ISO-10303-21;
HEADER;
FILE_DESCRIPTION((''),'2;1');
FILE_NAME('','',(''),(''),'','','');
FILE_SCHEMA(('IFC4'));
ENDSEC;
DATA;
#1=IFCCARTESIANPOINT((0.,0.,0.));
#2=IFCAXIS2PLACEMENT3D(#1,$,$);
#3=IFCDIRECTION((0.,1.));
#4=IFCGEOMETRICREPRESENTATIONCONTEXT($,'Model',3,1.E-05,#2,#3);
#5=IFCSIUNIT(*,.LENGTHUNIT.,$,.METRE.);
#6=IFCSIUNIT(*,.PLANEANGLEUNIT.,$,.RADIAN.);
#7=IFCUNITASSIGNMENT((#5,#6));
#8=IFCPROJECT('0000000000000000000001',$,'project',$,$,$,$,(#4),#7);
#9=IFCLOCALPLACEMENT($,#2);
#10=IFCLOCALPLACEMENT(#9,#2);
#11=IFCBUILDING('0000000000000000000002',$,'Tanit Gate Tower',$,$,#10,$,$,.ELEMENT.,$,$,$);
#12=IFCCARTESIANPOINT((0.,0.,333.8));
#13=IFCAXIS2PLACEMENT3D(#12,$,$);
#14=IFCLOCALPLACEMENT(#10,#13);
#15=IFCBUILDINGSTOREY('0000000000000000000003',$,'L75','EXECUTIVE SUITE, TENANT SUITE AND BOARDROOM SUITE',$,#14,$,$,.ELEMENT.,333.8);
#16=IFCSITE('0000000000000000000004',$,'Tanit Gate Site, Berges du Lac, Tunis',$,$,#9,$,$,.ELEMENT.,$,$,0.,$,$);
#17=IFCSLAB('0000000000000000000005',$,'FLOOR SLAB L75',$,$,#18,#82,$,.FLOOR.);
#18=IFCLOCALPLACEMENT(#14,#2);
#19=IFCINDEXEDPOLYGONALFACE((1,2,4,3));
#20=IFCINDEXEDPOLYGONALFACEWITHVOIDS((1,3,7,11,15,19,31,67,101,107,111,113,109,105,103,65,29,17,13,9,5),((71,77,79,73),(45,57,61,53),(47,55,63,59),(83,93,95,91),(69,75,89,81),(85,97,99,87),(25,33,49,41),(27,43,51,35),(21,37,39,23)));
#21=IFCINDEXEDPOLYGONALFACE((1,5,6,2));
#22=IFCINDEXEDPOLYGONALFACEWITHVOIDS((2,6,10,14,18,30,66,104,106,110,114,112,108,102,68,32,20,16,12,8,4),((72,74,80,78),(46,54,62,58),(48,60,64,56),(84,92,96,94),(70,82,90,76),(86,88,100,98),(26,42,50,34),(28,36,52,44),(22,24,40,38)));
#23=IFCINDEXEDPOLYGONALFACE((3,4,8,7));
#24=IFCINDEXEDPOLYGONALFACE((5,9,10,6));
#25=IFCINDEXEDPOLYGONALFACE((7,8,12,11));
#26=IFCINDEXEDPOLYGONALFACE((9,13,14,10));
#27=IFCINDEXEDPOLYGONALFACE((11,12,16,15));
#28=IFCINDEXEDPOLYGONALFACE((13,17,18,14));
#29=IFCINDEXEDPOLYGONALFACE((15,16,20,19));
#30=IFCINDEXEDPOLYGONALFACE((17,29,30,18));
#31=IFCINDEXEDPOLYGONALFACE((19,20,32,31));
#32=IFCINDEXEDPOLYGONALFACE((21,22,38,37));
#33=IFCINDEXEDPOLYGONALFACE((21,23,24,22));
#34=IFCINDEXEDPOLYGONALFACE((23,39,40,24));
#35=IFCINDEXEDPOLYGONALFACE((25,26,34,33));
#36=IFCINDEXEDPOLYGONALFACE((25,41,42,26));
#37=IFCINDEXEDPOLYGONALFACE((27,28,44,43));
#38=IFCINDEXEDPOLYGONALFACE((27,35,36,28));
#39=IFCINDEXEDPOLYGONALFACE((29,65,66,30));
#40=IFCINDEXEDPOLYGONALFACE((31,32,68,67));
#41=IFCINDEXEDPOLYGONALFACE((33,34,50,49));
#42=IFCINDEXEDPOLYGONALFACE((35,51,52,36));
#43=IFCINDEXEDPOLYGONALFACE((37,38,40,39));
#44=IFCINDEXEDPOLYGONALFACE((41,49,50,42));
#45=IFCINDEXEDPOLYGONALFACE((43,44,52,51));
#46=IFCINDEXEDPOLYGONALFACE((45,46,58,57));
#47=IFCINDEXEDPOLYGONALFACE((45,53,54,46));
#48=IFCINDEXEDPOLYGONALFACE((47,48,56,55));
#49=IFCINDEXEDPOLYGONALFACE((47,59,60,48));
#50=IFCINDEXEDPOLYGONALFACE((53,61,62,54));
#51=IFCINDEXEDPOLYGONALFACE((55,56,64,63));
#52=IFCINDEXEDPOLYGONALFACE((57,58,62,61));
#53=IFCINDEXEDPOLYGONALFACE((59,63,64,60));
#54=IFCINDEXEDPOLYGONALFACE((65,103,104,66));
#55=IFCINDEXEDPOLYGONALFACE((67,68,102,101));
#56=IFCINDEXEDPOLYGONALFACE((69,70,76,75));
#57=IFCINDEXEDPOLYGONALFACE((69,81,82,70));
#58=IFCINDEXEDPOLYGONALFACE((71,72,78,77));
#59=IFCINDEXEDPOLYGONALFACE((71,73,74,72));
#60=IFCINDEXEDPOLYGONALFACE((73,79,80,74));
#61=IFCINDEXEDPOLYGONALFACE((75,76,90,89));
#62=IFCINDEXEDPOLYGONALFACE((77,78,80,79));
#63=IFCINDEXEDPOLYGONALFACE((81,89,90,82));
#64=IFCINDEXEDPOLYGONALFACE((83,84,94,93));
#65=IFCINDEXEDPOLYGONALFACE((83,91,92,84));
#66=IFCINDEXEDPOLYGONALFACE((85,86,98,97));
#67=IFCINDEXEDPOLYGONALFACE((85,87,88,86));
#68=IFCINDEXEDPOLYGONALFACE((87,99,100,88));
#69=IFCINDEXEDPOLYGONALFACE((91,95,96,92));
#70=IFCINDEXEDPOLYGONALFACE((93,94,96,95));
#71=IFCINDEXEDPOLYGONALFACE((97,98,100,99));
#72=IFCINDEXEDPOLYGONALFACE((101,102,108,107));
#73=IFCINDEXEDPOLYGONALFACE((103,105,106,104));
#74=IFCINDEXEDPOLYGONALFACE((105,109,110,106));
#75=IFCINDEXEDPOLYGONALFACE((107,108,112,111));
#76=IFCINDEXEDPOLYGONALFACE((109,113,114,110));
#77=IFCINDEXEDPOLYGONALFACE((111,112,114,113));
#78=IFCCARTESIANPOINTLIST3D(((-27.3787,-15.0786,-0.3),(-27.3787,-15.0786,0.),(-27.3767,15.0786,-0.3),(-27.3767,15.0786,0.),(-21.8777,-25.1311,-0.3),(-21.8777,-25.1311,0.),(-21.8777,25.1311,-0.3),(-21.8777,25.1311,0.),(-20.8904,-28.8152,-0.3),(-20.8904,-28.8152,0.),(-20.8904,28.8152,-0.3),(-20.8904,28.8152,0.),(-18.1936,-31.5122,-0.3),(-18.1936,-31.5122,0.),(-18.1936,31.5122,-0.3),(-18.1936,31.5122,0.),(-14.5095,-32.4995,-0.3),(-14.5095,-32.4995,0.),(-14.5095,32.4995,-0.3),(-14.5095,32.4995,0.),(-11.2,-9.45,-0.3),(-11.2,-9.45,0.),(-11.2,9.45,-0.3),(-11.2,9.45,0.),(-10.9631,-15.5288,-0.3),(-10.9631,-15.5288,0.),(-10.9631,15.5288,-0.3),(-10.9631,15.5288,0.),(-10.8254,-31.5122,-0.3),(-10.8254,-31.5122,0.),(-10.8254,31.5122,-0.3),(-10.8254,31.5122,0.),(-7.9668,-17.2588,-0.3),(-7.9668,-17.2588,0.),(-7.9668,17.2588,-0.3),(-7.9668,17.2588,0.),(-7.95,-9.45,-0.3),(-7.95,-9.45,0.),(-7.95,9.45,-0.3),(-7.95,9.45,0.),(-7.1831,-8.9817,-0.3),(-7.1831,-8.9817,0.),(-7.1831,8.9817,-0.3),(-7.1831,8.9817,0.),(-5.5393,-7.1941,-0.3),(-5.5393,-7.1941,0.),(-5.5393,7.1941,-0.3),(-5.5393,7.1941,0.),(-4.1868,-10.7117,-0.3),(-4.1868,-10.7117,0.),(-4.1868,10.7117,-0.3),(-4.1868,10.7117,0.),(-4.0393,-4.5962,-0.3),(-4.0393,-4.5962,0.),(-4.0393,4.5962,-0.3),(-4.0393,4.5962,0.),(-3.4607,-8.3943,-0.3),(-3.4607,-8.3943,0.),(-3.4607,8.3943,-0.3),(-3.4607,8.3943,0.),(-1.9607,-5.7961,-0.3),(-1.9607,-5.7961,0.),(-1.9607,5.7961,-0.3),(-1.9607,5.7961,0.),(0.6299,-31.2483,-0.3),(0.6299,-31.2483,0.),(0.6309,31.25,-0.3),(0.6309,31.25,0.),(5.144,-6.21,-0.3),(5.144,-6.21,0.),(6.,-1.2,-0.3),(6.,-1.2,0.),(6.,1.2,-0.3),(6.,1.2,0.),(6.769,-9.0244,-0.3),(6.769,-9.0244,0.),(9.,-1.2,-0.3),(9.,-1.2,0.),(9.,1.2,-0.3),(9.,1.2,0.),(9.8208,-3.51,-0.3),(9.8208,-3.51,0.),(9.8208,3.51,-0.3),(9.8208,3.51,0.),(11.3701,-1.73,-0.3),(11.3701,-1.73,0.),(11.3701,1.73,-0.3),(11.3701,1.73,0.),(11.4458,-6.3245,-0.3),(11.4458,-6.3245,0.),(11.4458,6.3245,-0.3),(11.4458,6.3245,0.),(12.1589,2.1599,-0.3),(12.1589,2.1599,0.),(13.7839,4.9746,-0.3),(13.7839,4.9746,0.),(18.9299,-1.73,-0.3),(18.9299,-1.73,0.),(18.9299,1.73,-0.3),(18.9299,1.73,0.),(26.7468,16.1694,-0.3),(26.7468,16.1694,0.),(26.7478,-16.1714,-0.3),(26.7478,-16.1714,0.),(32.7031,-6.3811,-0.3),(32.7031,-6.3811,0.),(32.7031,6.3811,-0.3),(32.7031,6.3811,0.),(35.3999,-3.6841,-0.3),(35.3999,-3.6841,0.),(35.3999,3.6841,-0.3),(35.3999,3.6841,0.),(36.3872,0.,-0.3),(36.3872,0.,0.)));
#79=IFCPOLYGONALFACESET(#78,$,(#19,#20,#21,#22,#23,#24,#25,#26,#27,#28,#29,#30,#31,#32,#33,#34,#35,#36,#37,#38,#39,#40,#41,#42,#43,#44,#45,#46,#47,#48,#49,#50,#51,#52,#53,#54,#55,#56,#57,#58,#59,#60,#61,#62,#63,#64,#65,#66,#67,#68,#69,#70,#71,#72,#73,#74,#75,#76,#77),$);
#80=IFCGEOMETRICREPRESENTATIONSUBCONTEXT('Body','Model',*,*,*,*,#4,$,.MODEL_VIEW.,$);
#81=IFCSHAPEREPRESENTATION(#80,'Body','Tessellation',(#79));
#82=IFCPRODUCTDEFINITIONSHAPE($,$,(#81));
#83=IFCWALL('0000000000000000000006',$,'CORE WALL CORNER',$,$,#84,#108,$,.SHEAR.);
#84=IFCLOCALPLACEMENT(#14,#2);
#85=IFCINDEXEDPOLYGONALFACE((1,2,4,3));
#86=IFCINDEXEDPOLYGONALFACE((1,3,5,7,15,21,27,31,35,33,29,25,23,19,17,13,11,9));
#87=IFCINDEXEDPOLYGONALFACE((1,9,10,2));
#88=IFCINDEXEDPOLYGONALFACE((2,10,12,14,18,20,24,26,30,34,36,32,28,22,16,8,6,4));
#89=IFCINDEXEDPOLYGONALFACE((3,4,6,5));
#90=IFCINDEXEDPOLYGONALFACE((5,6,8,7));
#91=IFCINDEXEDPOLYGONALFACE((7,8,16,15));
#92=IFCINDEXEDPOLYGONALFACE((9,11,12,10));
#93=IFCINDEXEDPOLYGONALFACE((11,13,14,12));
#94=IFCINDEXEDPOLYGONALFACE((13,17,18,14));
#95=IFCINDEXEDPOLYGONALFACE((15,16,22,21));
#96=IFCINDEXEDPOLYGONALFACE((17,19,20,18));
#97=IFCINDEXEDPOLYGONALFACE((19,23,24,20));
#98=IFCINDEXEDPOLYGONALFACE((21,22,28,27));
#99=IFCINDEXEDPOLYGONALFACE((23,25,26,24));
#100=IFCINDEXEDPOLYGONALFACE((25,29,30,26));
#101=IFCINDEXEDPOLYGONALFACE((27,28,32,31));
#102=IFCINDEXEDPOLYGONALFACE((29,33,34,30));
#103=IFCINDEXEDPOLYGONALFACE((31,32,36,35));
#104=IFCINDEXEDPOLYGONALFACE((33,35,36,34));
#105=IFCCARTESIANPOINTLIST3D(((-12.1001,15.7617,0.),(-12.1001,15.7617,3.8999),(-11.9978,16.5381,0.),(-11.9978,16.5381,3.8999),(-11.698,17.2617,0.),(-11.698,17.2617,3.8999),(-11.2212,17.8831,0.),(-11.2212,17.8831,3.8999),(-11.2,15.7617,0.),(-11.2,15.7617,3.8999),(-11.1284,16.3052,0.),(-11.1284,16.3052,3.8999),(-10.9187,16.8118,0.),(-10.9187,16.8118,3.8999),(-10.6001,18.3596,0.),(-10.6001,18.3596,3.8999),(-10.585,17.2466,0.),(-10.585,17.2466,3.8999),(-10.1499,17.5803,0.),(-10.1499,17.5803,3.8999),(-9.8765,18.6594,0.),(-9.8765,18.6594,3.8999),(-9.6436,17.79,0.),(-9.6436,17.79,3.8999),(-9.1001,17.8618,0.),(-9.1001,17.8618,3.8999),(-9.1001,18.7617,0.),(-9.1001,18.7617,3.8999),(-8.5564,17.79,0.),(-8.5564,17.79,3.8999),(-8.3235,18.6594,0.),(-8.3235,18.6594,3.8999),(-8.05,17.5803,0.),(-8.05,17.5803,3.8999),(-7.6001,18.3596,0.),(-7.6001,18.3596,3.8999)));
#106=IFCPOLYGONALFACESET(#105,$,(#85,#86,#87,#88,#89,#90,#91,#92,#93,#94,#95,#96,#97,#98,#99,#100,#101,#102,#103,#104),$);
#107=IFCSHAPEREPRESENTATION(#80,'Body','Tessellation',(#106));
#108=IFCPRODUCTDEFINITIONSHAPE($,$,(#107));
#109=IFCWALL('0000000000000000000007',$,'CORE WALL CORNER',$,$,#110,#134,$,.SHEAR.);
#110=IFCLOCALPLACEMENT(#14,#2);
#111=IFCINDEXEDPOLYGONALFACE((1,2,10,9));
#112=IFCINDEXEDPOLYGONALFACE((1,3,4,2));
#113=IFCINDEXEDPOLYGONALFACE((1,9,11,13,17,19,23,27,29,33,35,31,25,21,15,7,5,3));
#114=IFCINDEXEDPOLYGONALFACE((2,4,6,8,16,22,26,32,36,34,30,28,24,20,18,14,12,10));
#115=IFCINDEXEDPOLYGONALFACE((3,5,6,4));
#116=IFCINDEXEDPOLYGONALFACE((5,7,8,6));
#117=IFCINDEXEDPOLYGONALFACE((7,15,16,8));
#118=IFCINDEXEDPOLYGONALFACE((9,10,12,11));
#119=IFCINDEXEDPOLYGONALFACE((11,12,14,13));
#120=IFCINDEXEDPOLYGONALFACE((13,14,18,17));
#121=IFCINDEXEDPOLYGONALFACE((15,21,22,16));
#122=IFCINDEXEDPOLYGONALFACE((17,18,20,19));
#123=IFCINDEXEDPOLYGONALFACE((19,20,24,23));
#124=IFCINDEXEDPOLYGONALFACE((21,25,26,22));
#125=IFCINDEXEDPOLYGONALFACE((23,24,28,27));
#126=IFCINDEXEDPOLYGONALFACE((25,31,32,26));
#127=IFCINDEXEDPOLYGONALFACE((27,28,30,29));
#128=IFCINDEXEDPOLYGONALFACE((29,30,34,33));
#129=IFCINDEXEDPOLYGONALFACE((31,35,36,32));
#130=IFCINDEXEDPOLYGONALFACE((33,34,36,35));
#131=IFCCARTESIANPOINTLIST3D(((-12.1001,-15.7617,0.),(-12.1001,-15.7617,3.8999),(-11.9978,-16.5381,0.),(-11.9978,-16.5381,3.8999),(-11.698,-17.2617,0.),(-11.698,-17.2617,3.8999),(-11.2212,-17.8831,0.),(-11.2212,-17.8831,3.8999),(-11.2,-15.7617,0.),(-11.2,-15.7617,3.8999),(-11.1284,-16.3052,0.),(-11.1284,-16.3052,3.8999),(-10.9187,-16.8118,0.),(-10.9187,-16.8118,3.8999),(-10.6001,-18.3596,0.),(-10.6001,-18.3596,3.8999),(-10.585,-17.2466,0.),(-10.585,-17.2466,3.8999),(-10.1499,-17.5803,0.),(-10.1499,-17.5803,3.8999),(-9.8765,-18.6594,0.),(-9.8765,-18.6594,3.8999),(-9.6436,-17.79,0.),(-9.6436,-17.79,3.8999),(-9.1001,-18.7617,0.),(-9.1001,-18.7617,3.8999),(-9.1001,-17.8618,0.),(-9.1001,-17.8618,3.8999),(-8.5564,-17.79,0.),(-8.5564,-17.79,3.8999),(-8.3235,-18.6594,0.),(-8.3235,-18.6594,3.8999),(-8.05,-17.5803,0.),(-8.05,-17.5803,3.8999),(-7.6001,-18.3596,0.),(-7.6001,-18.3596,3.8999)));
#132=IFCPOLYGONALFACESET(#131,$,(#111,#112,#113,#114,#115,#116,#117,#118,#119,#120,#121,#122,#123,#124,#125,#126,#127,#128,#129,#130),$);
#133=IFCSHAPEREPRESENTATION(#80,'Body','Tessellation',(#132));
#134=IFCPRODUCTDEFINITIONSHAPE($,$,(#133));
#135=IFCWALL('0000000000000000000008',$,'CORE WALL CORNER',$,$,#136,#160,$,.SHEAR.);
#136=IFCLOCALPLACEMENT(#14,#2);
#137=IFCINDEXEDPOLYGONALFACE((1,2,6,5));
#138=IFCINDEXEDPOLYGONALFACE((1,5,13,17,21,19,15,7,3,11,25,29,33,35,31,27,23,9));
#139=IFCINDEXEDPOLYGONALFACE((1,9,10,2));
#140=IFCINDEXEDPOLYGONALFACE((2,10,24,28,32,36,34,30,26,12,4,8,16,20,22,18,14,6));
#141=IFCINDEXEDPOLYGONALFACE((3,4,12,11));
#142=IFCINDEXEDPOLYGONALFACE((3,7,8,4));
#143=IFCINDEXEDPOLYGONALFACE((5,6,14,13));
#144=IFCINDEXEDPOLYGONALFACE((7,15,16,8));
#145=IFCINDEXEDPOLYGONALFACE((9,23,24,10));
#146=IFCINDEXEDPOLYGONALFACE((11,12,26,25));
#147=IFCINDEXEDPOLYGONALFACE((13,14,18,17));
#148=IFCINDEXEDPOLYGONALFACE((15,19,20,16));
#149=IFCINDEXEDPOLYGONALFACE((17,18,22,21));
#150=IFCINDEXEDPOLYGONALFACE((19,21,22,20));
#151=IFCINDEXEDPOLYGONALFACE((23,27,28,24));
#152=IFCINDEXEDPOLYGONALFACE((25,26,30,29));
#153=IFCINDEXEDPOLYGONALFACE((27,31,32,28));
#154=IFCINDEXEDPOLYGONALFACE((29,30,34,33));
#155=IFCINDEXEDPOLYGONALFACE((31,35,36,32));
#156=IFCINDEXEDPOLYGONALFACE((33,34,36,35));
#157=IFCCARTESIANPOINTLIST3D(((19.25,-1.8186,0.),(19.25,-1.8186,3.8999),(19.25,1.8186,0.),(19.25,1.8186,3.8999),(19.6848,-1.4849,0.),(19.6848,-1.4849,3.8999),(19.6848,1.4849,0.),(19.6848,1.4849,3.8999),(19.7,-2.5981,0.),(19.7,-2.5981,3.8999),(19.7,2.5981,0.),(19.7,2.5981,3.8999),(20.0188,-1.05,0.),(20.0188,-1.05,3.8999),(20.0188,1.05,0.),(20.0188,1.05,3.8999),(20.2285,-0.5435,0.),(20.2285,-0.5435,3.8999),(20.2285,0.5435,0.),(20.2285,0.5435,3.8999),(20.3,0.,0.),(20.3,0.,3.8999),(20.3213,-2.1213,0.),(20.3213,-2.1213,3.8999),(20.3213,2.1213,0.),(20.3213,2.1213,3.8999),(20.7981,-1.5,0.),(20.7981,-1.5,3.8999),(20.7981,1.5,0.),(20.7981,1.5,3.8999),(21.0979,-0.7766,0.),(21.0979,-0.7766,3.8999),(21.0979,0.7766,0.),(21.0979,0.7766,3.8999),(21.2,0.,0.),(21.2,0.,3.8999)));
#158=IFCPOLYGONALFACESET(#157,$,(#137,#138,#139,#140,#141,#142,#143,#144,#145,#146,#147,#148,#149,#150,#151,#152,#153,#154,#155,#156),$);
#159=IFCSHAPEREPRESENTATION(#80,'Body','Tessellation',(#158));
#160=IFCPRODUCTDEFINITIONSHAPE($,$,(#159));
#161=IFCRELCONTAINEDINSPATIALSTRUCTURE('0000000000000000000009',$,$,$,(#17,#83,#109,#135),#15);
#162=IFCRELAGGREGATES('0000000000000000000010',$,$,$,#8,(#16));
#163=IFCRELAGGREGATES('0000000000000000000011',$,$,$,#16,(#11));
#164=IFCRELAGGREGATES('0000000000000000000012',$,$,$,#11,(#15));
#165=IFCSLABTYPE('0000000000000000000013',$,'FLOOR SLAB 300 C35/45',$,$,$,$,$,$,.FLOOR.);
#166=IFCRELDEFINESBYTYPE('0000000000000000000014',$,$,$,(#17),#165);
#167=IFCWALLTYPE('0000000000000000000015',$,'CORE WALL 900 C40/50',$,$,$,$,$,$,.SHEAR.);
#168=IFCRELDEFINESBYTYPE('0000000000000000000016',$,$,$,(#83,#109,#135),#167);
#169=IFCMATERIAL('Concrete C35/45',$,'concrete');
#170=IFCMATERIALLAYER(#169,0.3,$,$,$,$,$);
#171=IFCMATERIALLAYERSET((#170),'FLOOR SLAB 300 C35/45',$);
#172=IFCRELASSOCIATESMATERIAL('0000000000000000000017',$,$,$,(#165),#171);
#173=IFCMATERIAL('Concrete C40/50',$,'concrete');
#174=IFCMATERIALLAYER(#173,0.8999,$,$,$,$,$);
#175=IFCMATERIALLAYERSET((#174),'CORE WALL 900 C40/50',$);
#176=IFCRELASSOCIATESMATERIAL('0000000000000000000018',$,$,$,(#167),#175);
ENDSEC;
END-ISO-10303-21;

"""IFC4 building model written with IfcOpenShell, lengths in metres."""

from ifc_helpers import new_model, si_unit, direction, frame, origin, place, context, subcontext, project, spatial, polyline, outline, extrude, material, layer, layer_set, type_object, element, save


model = new_model("IFC4")

# Units and contexts
model_context = context("Model", 3, precision=1e-05, world=origin(), true_north=direction((0.0, 1.0)))
body_context = subcontext(model_context, "Body", "Model", "MODEL_VIEW")
ifc_project = project(units=[si_unit("LENGTHUNIT", "METRE"), si_unit("PLANEANGLEUNIT", "RADIAN")], contexts=[model_context])

# Site, building, storey
site_placement = place(None, origin())
site = spatial("IfcSite", under=ifc_project, at=site_placement, Name="Tanit Gate Site, Berges du Lac, Tunis", CompositionType="ELEMENT", RefElevation=0.0)
building_placement = place(site_placement, origin())
building = spatial("IfcBuilding", under=site, at=building_placement, Name="Tanit Gate Tower", CompositionType="ELEMENT")
storey_placement = place(building_placement, frame((0.0, 0.0, 333.8)))
storey = spatial("IfcBuildingStorey", under=building, at=storey_placement, Name="L75", Description="EXECUTIVE SUITE, TENANT SUITE AND BOARDROOM SUITE", CompositionType="ELEMENT", Elevation=333.8)

# Slab
ifc_material_1 = material(Name="Concrete C35/45", Category="concrete")
ifc_layer_1 = layer(ifc_material_1, 0.3)
ifc_layer_set_1 = layer_set([ifc_layer_1], Name="FLOOR SLAB 300 C35/45")
slab_type = type_object("IfcSlabType", Name="FLOOR SLAB 300 C35/45", PredefinedType="FLOOR", material=ifc_layer_set_1)
slab_placement = place(storey_placement, frame((0.0, 0.0, -0.3)))
element("IfcSlab", 1, at=slab_placement, inside=storey, type_object=slab_type, Name="FLOOR SLAB L75", PredefinedType="FLOOR", context=body_context, shape_type="SweptSolid", body=[
    extrude(outline(polyline([(32.7031, 6.3811), (35.3999, 3.6841), (36.3872, 0.0), (35.3999, -3.6841), (32.7031, -6.3811), (26.7478, -16.1714), (0.6299, -31.2483), (-10.8254, -31.5122), (-14.5095, -32.4995), (-18.1936, -31.5122), (-20.8904, -28.8152), (-21.8777, -25.1311), (-27.3787, -15.0786), (-27.3767, 15.0786), (-21.8777, 25.1311), (-20.8904, 28.8152), (-18.1936, 31.5122), (-14.5095, 32.4995), (-10.8254, 31.5122), (0.6309, 31.25), (26.7468, 16.1694), (32.7031, 6.3811)]), holes=[polyline([(11.3701, 1.73), (18.9299, 1.73), (18.9299, -1.73), (11.3701, -1.73), (11.3701, 1.73)]), polyline([(12.1589, 2.1599), (9.8208, 3.51), (11.4458, 6.3245), (13.7839, 4.9746), (12.1589, 2.1599)]), polyline([(11.4458, -6.3245), (6.769, -9.0244), (5.144, -6.21), (9.8208, -3.51), (11.4458, -6.3245)]), polyline([(6.0, 1.2), (9.0, 1.2), (9.0, -1.2), (6.0, -1.2), (6.0, 1.2)]), polyline([(-4.0393, 4.5962), (-5.5393, 7.1941), (-3.4607, 8.3943), (-1.9607, 5.7961), (-4.0393, 4.5962)]), polyline([(-1.9607, -5.7961), (-3.4607, -8.3943), (-5.5393, -7.1941), (-4.0393, -4.5962), (-1.9607, -5.7961)]), polyline([(-7.1831, 8.9817), (-10.9631, 15.5288), (-7.9668, 17.2588), (-4.1868, 10.7117), (-7.1831, 8.9817)]), polyline([(-4.1868, -10.7117), (-7.9668, -17.2588), (-10.9631, -15.5288), (-7.1831, -8.9817), (-4.1868, -10.7117)]), polyline([(-11.2, -9.45), (-11.2, 9.45), (-7.95, 9.45), (-7.95, -9.45), (-11.2, -9.45)])]), origin(), (0.0, 0.0, 1.0), 0.3),
])

# Walls
ifc_material_2 = material(Name="Concrete C40/50", Category="concrete")
ifc_layer_2 = layer(ifc_material_2, 0.8999)
ifc_layer_set_2 = layer_set([ifc_layer_2], Name="CORE WALL 900 C40/50")
wall_type_1 = type_object("IfcWallType", Name="CORE WALL 900 C40/50", PredefinedType="SHEAR", material=ifc_layer_set_2)
wall_1_placement = place(storey_placement, origin())
element("IfcWall", 2, at=wall_1_placement, inside=storey, type_object=wall_type_1, Name="CORE WALL CORNER", PredefinedType="SHEAR", context=body_context, shape_type="SweptSolid", body=[
    extrude(outline(polyline([(-7.6001, 18.3596), (-8.3235, 18.6594), (-9.1001, 18.7617), (-9.8765, 18.6594), (-10.6001, 18.3596), (-11.2212, 17.8831), (-11.698, 17.2617), (-11.9978, 16.5381), (-12.1001, 15.7617), (-11.2, 15.7617), (-11.1284, 16.3052), (-10.9187, 16.8118), (-10.585, 17.2466), (-10.1499, 17.5803), (-9.6436, 17.79), (-9.1001, 17.8618), (-8.5564, 17.79), (-8.05, 17.5803), (-7.6001, 18.3596)])), origin(), (0.0, 0.0, 1.0), 3.8999),
])
wall_2_placement = place(storey_placement, origin())
element("IfcWall", 3, at=wall_2_placement, inside=storey, type_object=wall_type_1, Name="CORE WALL CORNER", PredefinedType="SHEAR", context=body_context, shape_type="SweptSolid", body=[
    extrude(outline(polyline([(-12.1001, -15.7617), (-11.9978, -16.5381), (-11.698, -17.2617), (-11.2212, -17.8831), (-10.6001, -18.3596), (-9.8765, -18.6594), (-9.1001, -18.7617), (-8.3235, -18.6594), (-7.6001, -18.3596), (-8.05, -17.5803), (-8.5564, -17.79), (-9.1001, -17.8618), (-9.6436, -17.79), (-10.1499, -17.5803), (-10.585, -17.2466), (-10.9187, -16.8118), (-11.1284, -16.3052), (-11.2, -15.7617), (-12.1001, -15.7617)])), origin(), (0.0, 0.0, 1.0), 3.8999),
])
wall_3_placement = place(storey_placement, origin())
element("IfcWall", 4, at=wall_3_placement, inside=storey, type_object=wall_type_1, Name="CORE WALL CORNER", PredefinedType="SHEAR", context=body_context, shape_type="SweptSolid", body=[
    extrude(outline(polyline([(19.7, -2.5981), (20.3213, -2.1213), (20.7981, -1.5), (21.0979, -0.7766), (21.2, 0.0), (21.0979, 0.7766), (20.7981, 1.5), (20.3213, 2.1213), (19.7, 2.5981), (19.25, 1.8186), (19.6848, 1.4849), (20.0188, 1.05), (20.2285, 0.5435), (20.3, 0.0), (20.2285, -0.5435), (20.0188, -1.05), (19.6848, -1.4849), (19.25, -1.8186), (19.7, -2.5981)])), origin(), (0.0, 0.0, 1.0), 3.8999),
])

save(model, "model.ifc")
